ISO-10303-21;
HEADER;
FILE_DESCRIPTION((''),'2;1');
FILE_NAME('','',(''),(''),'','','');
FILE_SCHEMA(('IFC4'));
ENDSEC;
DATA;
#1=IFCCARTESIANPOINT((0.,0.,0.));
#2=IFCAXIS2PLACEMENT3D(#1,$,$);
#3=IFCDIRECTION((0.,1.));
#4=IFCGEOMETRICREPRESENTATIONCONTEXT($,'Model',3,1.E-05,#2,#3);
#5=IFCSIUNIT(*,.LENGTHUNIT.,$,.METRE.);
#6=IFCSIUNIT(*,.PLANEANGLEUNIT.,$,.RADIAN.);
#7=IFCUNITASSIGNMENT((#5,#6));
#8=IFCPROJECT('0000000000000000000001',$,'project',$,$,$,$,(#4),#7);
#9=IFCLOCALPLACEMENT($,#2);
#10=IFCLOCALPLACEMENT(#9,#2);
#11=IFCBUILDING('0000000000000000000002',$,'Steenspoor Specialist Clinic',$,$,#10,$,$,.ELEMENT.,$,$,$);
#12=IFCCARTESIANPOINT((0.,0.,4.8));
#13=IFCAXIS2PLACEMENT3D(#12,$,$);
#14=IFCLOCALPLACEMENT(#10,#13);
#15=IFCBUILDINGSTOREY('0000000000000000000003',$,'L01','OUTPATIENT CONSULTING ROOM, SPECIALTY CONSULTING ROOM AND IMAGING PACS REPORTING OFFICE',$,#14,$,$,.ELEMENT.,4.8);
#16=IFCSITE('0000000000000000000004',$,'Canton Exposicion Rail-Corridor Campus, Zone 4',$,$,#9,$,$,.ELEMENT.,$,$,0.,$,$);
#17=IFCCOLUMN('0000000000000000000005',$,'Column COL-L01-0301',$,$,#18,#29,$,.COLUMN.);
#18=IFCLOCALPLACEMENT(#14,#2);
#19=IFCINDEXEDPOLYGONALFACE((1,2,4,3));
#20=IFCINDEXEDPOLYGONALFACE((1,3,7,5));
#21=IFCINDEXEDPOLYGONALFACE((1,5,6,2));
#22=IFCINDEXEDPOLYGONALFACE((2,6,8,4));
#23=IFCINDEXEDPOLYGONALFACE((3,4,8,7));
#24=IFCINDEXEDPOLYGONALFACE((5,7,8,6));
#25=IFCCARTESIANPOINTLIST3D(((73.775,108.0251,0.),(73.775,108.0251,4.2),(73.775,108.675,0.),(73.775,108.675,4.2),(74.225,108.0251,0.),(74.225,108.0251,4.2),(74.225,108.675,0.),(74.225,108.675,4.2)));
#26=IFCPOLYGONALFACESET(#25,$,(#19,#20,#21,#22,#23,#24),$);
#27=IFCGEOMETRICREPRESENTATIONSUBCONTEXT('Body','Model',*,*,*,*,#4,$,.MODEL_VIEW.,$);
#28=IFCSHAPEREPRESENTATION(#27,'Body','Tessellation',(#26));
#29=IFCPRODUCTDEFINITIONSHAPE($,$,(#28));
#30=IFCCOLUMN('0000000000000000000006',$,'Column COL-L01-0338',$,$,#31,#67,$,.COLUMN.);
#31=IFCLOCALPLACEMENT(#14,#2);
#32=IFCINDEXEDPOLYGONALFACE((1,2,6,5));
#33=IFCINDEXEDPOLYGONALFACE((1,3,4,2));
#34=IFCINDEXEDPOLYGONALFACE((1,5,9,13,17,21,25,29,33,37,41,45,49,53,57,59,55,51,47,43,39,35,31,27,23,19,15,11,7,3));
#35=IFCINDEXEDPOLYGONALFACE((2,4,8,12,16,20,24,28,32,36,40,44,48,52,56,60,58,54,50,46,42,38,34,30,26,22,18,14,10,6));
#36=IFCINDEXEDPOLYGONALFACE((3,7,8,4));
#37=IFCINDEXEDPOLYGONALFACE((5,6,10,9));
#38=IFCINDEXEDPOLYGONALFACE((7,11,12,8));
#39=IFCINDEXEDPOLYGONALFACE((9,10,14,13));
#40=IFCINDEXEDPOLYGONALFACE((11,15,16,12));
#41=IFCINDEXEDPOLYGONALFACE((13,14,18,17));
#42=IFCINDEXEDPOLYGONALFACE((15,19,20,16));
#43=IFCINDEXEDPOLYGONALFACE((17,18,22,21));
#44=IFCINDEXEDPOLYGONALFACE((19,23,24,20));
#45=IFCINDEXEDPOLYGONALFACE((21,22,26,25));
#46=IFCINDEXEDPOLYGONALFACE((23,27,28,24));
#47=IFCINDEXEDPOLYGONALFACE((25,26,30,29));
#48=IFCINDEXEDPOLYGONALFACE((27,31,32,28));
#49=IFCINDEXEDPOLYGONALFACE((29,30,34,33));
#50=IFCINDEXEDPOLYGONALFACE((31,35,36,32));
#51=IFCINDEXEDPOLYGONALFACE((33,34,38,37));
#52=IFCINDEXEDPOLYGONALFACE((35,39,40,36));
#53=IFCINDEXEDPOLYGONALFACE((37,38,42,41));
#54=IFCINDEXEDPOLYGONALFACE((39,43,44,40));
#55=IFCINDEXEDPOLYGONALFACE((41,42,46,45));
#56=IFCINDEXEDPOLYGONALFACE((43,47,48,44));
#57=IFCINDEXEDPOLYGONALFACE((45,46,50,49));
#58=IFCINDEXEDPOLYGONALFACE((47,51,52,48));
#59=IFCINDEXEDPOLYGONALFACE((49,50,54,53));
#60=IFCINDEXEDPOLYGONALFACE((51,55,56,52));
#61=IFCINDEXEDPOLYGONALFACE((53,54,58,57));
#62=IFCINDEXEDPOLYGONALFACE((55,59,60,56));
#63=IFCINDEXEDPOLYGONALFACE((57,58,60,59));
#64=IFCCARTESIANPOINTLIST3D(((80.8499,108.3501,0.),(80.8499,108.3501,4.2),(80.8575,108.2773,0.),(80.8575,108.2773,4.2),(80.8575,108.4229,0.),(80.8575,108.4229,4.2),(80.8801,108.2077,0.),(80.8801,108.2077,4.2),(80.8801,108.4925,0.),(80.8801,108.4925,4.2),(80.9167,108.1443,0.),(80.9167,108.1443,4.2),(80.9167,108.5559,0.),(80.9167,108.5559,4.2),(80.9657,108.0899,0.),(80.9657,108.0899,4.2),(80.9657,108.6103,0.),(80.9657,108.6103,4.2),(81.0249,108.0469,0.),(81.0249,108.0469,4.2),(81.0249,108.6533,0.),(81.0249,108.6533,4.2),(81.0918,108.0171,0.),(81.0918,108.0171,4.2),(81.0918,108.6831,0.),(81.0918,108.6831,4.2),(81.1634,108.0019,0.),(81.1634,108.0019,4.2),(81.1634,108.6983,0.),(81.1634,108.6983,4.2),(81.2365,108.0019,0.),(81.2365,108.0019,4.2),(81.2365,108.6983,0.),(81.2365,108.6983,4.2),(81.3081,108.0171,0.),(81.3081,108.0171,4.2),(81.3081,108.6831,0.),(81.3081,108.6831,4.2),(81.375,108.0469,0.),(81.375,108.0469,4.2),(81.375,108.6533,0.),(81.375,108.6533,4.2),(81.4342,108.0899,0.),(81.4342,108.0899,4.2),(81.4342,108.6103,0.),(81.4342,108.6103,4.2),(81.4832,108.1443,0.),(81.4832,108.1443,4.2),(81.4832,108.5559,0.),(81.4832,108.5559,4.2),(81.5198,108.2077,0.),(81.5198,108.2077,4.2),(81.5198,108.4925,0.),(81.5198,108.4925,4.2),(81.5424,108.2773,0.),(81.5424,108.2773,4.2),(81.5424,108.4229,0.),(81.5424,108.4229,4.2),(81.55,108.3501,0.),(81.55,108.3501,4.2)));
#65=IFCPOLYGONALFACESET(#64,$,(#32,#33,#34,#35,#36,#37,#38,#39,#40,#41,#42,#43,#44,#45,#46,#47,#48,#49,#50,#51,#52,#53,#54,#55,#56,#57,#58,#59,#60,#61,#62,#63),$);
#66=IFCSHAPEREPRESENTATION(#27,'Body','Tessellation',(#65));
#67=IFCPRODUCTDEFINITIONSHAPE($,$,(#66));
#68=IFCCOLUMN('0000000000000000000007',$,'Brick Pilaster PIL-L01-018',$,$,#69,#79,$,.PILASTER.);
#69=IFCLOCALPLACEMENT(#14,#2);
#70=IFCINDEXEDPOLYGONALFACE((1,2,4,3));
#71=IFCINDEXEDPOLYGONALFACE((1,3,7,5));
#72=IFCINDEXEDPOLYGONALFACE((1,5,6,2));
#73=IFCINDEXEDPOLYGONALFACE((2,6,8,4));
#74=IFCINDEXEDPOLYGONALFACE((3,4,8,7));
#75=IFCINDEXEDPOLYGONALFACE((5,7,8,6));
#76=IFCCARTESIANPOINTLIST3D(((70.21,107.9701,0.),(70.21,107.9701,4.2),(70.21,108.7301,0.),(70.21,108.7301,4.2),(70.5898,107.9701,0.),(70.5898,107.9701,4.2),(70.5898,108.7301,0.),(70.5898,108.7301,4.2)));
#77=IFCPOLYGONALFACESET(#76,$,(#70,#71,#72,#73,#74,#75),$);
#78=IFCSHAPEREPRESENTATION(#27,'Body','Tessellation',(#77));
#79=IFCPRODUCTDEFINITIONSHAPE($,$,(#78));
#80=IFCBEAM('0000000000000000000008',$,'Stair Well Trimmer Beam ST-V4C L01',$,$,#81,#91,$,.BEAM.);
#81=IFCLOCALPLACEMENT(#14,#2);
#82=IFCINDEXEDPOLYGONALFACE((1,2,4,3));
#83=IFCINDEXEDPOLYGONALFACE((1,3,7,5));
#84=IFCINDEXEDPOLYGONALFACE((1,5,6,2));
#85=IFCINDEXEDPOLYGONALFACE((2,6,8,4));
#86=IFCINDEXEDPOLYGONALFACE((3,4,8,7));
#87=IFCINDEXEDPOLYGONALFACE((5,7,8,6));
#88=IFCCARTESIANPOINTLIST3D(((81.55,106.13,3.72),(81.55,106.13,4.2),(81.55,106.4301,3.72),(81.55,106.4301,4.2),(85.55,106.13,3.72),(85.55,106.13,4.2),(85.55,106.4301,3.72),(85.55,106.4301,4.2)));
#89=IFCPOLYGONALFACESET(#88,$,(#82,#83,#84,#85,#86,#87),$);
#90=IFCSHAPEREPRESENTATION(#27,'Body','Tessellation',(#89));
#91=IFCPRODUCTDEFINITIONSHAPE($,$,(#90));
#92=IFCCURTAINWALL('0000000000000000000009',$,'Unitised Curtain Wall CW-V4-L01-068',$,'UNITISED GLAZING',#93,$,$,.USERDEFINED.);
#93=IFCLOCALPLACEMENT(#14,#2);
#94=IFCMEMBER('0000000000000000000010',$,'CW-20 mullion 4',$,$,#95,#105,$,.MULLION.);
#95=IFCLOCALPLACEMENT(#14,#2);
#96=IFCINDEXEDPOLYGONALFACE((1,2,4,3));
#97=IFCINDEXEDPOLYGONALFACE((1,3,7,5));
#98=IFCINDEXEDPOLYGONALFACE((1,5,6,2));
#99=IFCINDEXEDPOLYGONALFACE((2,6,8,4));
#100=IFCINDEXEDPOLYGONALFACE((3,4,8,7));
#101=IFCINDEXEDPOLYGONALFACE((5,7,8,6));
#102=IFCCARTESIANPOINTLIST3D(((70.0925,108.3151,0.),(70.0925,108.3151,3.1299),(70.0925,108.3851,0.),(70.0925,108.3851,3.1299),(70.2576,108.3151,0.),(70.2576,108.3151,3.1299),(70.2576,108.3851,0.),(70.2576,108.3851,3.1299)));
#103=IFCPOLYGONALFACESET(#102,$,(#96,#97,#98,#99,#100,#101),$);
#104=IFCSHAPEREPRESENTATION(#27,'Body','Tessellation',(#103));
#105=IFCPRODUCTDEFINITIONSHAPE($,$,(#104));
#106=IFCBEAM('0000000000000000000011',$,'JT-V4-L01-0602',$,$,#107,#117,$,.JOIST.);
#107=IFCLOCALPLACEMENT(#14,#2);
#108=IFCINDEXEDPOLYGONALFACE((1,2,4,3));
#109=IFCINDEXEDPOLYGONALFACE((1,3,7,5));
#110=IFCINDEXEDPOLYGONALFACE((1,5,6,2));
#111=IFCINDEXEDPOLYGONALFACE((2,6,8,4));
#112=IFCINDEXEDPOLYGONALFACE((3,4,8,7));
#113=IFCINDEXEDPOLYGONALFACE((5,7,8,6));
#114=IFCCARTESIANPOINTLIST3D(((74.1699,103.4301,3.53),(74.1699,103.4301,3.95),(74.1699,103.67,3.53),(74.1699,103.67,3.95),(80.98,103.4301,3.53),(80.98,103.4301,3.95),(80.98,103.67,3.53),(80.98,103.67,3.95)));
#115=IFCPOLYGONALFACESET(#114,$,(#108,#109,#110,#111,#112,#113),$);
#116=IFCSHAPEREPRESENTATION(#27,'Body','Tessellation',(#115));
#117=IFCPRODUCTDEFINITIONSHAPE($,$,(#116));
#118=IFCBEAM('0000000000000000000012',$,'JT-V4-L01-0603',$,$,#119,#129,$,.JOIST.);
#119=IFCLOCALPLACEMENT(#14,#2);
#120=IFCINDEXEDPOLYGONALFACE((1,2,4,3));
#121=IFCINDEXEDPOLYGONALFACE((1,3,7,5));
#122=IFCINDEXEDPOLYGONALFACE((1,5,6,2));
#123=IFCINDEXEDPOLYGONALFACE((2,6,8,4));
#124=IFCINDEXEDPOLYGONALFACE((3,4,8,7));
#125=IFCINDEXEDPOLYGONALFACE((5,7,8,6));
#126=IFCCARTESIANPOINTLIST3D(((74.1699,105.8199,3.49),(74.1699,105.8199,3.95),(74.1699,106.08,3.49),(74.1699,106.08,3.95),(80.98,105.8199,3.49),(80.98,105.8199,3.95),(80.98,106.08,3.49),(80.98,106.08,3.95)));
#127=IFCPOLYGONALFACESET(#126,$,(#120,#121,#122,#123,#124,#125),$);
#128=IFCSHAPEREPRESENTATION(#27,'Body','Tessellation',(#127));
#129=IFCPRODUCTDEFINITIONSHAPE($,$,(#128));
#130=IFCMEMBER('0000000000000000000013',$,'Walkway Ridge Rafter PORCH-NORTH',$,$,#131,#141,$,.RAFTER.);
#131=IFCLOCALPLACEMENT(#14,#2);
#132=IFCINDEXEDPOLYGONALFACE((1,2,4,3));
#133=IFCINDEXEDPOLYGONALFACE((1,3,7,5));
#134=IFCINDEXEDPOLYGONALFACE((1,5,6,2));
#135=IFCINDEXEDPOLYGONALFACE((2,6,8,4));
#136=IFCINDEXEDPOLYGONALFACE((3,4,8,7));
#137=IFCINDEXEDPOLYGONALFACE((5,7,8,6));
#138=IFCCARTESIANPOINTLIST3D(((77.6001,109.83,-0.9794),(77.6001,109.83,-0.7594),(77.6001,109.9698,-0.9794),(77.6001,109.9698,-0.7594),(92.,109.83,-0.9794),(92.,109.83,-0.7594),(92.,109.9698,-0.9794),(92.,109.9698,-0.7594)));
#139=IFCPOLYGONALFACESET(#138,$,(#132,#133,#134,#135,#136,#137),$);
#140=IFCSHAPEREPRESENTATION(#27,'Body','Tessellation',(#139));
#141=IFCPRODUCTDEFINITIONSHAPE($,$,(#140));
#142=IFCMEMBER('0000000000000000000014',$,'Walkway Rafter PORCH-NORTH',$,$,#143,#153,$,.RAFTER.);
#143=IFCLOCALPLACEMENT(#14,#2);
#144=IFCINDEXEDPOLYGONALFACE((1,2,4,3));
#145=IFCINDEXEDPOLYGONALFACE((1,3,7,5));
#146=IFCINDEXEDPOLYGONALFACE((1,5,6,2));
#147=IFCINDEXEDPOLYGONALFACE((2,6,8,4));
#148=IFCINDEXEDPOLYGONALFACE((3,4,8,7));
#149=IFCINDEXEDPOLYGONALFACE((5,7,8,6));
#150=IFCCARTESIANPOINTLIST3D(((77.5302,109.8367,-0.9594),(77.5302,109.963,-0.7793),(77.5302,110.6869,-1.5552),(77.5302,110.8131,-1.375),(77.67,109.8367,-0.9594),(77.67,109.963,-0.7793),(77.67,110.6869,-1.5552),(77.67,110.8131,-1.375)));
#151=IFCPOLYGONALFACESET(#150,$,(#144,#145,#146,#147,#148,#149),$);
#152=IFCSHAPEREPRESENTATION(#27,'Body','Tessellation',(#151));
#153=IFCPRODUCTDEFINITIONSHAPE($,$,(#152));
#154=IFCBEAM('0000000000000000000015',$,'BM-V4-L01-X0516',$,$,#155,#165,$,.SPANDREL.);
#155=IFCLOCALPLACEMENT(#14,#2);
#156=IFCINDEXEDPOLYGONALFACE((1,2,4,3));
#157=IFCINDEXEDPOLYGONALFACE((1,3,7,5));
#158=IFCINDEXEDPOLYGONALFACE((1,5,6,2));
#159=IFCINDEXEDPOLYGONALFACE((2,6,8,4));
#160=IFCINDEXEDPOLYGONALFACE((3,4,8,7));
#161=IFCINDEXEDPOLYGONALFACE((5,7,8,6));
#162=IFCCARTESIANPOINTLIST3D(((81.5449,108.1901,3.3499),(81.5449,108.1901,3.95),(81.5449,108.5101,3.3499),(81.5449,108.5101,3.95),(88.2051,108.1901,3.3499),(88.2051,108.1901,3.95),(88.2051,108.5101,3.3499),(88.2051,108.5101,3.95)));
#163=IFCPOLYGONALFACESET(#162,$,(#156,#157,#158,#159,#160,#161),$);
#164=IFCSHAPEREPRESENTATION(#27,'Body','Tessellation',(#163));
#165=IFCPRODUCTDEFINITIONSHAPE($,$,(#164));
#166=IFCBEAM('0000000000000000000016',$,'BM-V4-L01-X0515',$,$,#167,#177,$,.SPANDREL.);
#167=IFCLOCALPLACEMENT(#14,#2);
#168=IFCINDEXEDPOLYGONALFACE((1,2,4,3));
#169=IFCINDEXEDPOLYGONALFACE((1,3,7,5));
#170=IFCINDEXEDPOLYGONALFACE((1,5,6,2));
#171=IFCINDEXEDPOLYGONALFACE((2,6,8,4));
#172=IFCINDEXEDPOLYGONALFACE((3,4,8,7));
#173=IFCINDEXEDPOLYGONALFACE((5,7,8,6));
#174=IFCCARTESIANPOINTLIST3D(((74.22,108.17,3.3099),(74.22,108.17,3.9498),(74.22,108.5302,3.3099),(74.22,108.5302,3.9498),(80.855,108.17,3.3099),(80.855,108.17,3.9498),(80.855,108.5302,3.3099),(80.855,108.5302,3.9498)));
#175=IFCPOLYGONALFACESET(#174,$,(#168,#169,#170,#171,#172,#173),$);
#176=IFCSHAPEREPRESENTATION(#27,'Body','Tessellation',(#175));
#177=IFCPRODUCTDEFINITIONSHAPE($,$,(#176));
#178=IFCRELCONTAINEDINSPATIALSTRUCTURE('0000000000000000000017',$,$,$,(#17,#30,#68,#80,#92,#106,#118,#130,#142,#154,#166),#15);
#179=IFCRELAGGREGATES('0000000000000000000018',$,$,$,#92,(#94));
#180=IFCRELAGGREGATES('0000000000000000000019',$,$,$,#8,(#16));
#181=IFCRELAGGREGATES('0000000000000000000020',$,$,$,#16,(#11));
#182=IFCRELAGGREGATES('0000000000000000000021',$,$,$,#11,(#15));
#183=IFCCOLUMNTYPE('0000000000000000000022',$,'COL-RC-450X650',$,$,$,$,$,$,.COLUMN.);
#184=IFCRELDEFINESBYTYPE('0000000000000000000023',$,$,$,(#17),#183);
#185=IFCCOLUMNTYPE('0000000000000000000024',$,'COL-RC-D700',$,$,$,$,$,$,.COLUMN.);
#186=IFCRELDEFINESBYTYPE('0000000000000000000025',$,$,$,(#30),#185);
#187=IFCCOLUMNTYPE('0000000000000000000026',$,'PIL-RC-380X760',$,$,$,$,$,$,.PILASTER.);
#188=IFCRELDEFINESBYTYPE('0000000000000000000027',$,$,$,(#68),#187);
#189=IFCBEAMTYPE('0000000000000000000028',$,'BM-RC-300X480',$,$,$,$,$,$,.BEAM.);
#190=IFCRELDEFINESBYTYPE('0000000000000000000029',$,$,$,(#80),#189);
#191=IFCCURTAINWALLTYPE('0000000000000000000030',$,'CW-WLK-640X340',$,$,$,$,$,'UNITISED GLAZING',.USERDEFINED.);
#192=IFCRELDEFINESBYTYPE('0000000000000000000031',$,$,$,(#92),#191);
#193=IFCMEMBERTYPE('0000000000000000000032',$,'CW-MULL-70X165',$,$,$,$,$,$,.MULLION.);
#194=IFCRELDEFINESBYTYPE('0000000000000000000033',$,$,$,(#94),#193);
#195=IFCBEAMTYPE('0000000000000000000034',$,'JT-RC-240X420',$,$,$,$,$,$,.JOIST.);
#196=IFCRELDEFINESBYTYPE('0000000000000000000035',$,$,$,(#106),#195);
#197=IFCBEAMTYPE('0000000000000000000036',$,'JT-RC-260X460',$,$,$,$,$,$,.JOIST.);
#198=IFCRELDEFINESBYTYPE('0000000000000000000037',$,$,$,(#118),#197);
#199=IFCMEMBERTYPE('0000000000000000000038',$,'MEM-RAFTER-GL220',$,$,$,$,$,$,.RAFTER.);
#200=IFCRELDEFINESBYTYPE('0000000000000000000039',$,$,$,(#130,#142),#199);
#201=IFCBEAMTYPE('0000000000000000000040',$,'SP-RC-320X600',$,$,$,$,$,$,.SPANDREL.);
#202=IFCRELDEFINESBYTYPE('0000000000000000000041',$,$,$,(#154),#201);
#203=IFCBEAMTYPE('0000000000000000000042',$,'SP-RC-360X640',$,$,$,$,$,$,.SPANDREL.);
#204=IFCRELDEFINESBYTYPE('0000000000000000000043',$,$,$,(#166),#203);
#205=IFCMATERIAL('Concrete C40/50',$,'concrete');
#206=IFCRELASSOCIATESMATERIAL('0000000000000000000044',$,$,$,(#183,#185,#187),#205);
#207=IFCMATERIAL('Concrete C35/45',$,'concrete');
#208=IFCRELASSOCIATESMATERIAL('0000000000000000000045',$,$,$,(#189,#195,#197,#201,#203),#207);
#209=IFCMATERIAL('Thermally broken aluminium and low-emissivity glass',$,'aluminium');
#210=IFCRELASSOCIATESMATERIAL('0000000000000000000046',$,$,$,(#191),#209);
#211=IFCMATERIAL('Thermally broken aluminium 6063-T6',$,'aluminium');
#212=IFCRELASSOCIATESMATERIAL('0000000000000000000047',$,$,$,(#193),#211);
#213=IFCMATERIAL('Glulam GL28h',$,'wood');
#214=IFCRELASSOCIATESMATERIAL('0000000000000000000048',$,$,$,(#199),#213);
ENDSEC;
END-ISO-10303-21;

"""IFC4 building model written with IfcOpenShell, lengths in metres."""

from ifc_helpers import new_model, si_unit, direction, frame, origin, origin_2d, place, context, subcontext, project, spatial, rectangle, circle, extrude, material, material_profile, profile_set, type_object, element, aggregate, save


model = new_model("IFC4")

# Units and contexts
model_context = context("Model", 3, precision=1e-05, world=origin(), true_north=direction((0.0, 1.0)))
body_context = subcontext(model_context, "Body", "Model", "MODEL_VIEW")
ifc_project = project(units=[si_unit("LENGTHUNIT", "METRE"), si_unit("PLANEANGLEUNIT", "RADIAN")], contexts=[model_context])

# Site, building, storey
site_placement = place(None, origin())
site = spatial("IfcSite", under=ifc_project, at=site_placement, Name="Canton Exposicion Rail-Corridor Campus, Zone 4", CompositionType="ELEMENT", RefElevation=0.0)
building_placement = place(site_placement, origin())
building = spatial("IfcBuilding", under=site, at=building_placement, Name="Steenspoor Specialist Clinic", CompositionType="ELEMENT")
storey_placement = place(building_placement, frame((0.0, 0.0, 4.8)))
storey = spatial("IfcBuildingStorey", under=building, at=storey_placement, Name="L01", Description="OUTPATIENT CONSULTING ROOM, SPECIALTY CONSULTING ROOM AND IMAGING PACS REPORTING OFFICE", CompositionType="ELEMENT", Elevation=4.8)

# Columns
ifc_material_1 = material(Name="Concrete C40/50", Category="concrete")
ifc_material_profile_1 = material_profile(ifc_material_1, rectangle(XDim=0.45, YDim=0.6499, at=origin_2d()), Name="RC-COL-450X650")
ifc_profile_set_1 = profile_set([ifc_material_profile_1], Name="Concrete C40/50")
column_type_1 = type_object("IfcColumnType", Name="COL-RC-450X650", PredefinedType="COLUMN", material=ifc_profile_set_1)
column_1_placement = place(storey_placement, frame((74.0, 108.3501, 0.0), z_axis=(0.0, 0.0, 1.0), x_axis=(1.0, 0.0, 0.0)))
element("IfcColumn", 1, at=column_1_placement, inside=storey, type_object=column_type_1, Name="Column COL-L01-0301", PredefinedType="COLUMN", context=body_context, shape_type="SweptSolid", body=[
    extrude(rectangle(XDim=0.45, YDim=0.6499, at=origin_2d()), origin(), (0.0, 0.0, 1.0), 4.2),
])
ifc_material_profile_2 = material_profile(ifc_material_1, circle(Radius=0.3501, at=origin_2d()), Name="RC-COL-D700")
ifc_profile_set_2 = profile_set([ifc_material_profile_2], Name="Concrete C40/50")
column_type_2 = type_object("IfcColumnType", Name="COL-RC-D700", PredefinedType="COLUMN", material=ifc_profile_set_2)
column_2_placement = place(storey_placement, frame((81.2, 108.3501, 0.0), z_axis=(0.0, 0.0, 1.0), x_axis=(1.0, 0.0, 0.0)))
element("IfcColumn", 2, at=column_2_placement, inside=storey, type_object=column_type_2, Name="Column COL-L01-0338", PredefinedType="COLUMN", context=body_context, shape_type="SweptSolid", body=[
    extrude(circle(Radius=0.3501, at=origin_2d()), origin(), (0.0, 0.0, 1.0), 4.2),
])
ifc_material_profile_3 = material_profile(ifc_material_1, rectangle(XDim=0.3799, YDim=0.76, at=origin_2d()), Name="RC-PIL-380X760")
ifc_profile_set_3 = profile_set([ifc_material_profile_3], Name="Concrete C40/50")
column_type_3 = type_object("IfcColumnType", Name="PIL-RC-380X760", PredefinedType="PILASTER", material=ifc_profile_set_3)
column_3_placement = place(storey_placement, frame((70.3999, 108.3501, 0.0), z_axis=(0.0, 0.0, 1.0), x_axis=(1.0, 0.0, 0.0)))
element("IfcColumn", 3, at=column_3_placement, inside=storey, type_object=column_type_3, Name="Brick Pilaster PIL-L01-018", PredefinedType="PILASTER", context=body_context, shape_type="SweptSolid", body=[
    extrude(rectangle(XDim=0.3799, YDim=0.76, at=origin_2d()), origin(), (0.0, 0.0, 1.0), 4.2),
])

# Beam
ifc_material_2 = material(Name="Concrete C35/45", Category="concrete")
ifc_material_profile_4 = material_profile(ifc_material_2, rectangle(XDim=0.3, YDim=0.48, at=origin_2d()), Name="RC-BM-300X480")
ifc_profile_set_4 = profile_set([ifc_material_profile_4], Name="Concrete C35/45")
beam_type_1 = type_object("IfcBeamType", Name="BM-RC-300X480", PredefinedType="BEAM", material=ifc_profile_set_4)
beam_1_placement = place(storey_placement, frame((81.55, 106.28, 3.96), z_axis=(1.0, 0.0, 0.0), x_axis=(0.0, 1.0, 0.0)))
element("IfcBeam", 4, at=beam_1_placement, inside=storey, type_object=beam_type_1, Name="Stair Well Trimmer Beam ST-V4C L01", PredefinedType="BEAM", context=body_context, shape_type="SweptSolid", body=[
    extrude(rectangle(XDim=0.3, YDim=0.48, at=origin_2d()), origin(), (0.0, 0.0, 1.0), 4.0),
])

# Curtain wall, member
ifc_material_3 = material(Name="Thermally broken aluminium and low-emissivity glass", Category="aluminium")
curtain_wall_type = type_object("IfcCurtainWallType", Name="CW-WLK-640X340", ElementType="UNITISED GLAZING", PredefinedType="USERDEFINED", material=ifc_material_3)
curtain_wall_placement = place(storey_placement, origin())
curtain_wall = element("IfcCurtainWall", 5, at=curtain_wall_placement, inside=storey, type_object=curtain_wall_type, Name="Unitised Curtain Wall CW-V4-L01-068", ObjectType="UNITISED GLAZING", PredefinedType="USERDEFINED")
ifc_material_4 = material(Name="Thermally broken aluminium 6063-T6", Category="aluminium")
ifc_material_profile_5 = material_profile(ifc_material_4, rectangle(XDim=0.0701, YDim=0.165, at=origin_2d()), Name="CWM-70X165")
ifc_profile_set_5 = profile_set([ifc_material_profile_5], Name="Thermally broken aluminium 6063-T6")
member_type_1 = type_object("IfcMemberType", Name="CW-MULL-70X165", PredefinedType="MULLION", material=ifc_profile_set_5)
member_1_placement = place(storey_placement, frame((70.175, 108.3501, 0.0), z_axis=(0.0, 0.0, 1.0), x_axis=(0.0, 1.0, 0.0)))
member_1 = element("IfcMember", 6, at=member_1_placement, type_object=member_type_1, Name="CW-20 mullion 4", PredefinedType="MULLION", context=body_context, shape_type="SweptSolid", body=[
    extrude(rectangle(XDim=0.0701, YDim=0.165, at=origin_2d()), origin(), (0.0, 0.0, 1.0), 3.1299),
])
aggregate(curtain_wall, [member_1])

# Beams
ifc_material_profile_6 = material_profile(ifc_material_2, rectangle(XDim=0.24, YDim=0.4199, at=origin_2d()), Name="RC-JT-240X420")
ifc_profile_set_6 = profile_set([ifc_material_profile_6], Name="Concrete C35/45")
beam_type_2 = type_object("IfcBeamType", Name="JT-RC-240X420", PredefinedType="JOIST", material=ifc_profile_set_6)
beam_2_placement = place(storey_placement, frame((74.1699, 103.55, 3.74), z_axis=(1.0, 0.0, 0.0), x_axis=(0.0, 1.0, 0.0)))
element("IfcBeam", 7, at=beam_2_placement, inside=storey, type_object=beam_type_2, Name="JT-V4-L01-0602", PredefinedType="JOIST", context=body_context, shape_type="SweptSolid", body=[
    extrude(rectangle(XDim=0.24, YDim=0.4199, at=origin_2d()), origin(), (0.0, 0.0, 1.0), 6.8101),
])
ifc_material_profile_7 = material_profile(ifc_material_2, rectangle(XDim=0.26, YDim=0.46, at=origin_2d()), Name="RC-JT-260X460")
ifc_profile_set_7 = profile_set([ifc_material_profile_7], Name="Concrete C35/45")
beam_type_3 = type_object("IfcBeamType", Name="JT-RC-260X460", PredefinedType="JOIST", material=ifc_profile_set_7)
beam_3_placement = place(storey_placement, frame((74.1699, 105.95, 3.72), z_axis=(1.0, 0.0, 0.0), x_axis=(0.0, 1.0, 0.0)))
element("IfcBeam", 8, at=beam_3_placement, inside=storey, type_object=beam_type_3, Name="JT-V4-L01-0603", PredefinedType="JOIST", context=body_context, shape_type="SweptSolid", body=[
    extrude(rectangle(XDim=0.26, YDim=0.46, at=origin_2d()), origin(), (0.0, 0.0, 1.0), 6.8101),
])

# Members
ifc_material_5 = material(Name="Glulam GL28h", Category="wood")
ifc_material_profile_8 = material_profile(ifc_material_5, rectangle(XDim=0.1399, YDim=0.22, at=origin_2d()), Name="GL28H-140X220")
ifc_profile_set_8 = profile_set([ifc_material_profile_8], Name="Glulam GL28h")
member_type_2 = type_object("IfcMemberType", Name="MEM-RAFTER-GL220", PredefinedType="RAFTER", material=ifc_profile_set_8)
member_2_placement = place(storey_placement, frame((77.6001, 109.8999, -0.8694), z_axis=(1.0, 0.0, 0.0), x_axis=(0.0, 1.0, 0.0)))
element("IfcMember", 9, at=member_2_placement, inside=storey, type_object=member_type_2, Name="Walkway Ridge Rafter PORCH-NORTH", PredefinedType="RAFTER", context=body_context, shape_type="SweptSolid", body=[
    extrude(rectangle(XDim=0.1399, YDim=0.22, at=origin_2d()), origin(), (0.0, 0.0, 1.0), 14.3999),
])
member_3_placement = place(storey_placement, frame((77.6001, 110.75, -1.4651), z_axis=(0.0, -0.818945, 0.573873), x_axis=(1.0, 0.0, 0.0)))
element("IfcMember", 10, at=member_3_placement, inside=storey, type_object=member_type_2, Name="Walkway Rafter PORCH-NORTH", PredefinedType="RAFTER", context=body_context, shape_type="SweptSolid", body=[
    extrude(rectangle(XDim=0.1399, YDim=0.22, at=origin_2d()), origin(), (0.0, 0.0, 1.0), 1.0381),
])

# Beams
ifc_material_profile_9 = material_profile(ifc_material_2, rectangle(XDim=0.3201, YDim=0.6001, at=origin_2d()), Name="RC-SP-320X600")
ifc_profile_set_9 = profile_set([ifc_material_profile_9], Name="Concrete C35/45")
beam_type_4 = type_object("IfcBeamType", Name="SP-RC-320X600", PredefinedType="SPANDREL", material=ifc_profile_set_9)
beam_4_placement = place(storey_placement, frame((81.5449, 108.3501, 3.6499), z_axis=(1.0, 0.0, 0.0), x_axis=(0.0, 1.0, 0.0)))
element("IfcBeam", 11, at=beam_4_placement, inside=storey, type_object=beam_type_4, Name="BM-V4-L01-X0516", PredefinedType="SPANDREL", context=body_context, shape_type="SweptSolid", body=[
    extrude(rectangle(XDim=0.3201, YDim=0.6001, at=origin_2d()), origin(), (0.0, 0.0, 1.0), 6.6602),
])
ifc_material_profile_10 = material_profile(ifc_material_2, rectangle(XDim=0.3601, YDim=0.6399, at=origin_2d()), Name="RC-SP-360X640")
ifc_profile_set_10 = profile_set([ifc_material_profile_10], Name="Concrete C35/45")
beam_type_5 = type_object("IfcBeamType", Name="SP-RC-360X640", PredefinedType="SPANDREL", material=ifc_profile_set_10)
beam_5_placement = place(storey_placement, frame((74.22, 108.3501, 3.6299), z_axis=(1.0, 0.0, 0.0), x_axis=(0.0, 1.0, 0.0)))
element("IfcBeam", 12, at=beam_5_placement, inside=storey, type_object=beam_type_5, Name="BM-V4-L01-X0515", PredefinedType="SPANDREL", context=body_context, shape_type="SweptSolid", body=[
    extrude(rectangle(XDim=0.3601, YDim=0.6399, at=origin_2d()), origin(), (0.0, 0.0, 1.0), 6.635),
])

save(model, "model.ifc")
